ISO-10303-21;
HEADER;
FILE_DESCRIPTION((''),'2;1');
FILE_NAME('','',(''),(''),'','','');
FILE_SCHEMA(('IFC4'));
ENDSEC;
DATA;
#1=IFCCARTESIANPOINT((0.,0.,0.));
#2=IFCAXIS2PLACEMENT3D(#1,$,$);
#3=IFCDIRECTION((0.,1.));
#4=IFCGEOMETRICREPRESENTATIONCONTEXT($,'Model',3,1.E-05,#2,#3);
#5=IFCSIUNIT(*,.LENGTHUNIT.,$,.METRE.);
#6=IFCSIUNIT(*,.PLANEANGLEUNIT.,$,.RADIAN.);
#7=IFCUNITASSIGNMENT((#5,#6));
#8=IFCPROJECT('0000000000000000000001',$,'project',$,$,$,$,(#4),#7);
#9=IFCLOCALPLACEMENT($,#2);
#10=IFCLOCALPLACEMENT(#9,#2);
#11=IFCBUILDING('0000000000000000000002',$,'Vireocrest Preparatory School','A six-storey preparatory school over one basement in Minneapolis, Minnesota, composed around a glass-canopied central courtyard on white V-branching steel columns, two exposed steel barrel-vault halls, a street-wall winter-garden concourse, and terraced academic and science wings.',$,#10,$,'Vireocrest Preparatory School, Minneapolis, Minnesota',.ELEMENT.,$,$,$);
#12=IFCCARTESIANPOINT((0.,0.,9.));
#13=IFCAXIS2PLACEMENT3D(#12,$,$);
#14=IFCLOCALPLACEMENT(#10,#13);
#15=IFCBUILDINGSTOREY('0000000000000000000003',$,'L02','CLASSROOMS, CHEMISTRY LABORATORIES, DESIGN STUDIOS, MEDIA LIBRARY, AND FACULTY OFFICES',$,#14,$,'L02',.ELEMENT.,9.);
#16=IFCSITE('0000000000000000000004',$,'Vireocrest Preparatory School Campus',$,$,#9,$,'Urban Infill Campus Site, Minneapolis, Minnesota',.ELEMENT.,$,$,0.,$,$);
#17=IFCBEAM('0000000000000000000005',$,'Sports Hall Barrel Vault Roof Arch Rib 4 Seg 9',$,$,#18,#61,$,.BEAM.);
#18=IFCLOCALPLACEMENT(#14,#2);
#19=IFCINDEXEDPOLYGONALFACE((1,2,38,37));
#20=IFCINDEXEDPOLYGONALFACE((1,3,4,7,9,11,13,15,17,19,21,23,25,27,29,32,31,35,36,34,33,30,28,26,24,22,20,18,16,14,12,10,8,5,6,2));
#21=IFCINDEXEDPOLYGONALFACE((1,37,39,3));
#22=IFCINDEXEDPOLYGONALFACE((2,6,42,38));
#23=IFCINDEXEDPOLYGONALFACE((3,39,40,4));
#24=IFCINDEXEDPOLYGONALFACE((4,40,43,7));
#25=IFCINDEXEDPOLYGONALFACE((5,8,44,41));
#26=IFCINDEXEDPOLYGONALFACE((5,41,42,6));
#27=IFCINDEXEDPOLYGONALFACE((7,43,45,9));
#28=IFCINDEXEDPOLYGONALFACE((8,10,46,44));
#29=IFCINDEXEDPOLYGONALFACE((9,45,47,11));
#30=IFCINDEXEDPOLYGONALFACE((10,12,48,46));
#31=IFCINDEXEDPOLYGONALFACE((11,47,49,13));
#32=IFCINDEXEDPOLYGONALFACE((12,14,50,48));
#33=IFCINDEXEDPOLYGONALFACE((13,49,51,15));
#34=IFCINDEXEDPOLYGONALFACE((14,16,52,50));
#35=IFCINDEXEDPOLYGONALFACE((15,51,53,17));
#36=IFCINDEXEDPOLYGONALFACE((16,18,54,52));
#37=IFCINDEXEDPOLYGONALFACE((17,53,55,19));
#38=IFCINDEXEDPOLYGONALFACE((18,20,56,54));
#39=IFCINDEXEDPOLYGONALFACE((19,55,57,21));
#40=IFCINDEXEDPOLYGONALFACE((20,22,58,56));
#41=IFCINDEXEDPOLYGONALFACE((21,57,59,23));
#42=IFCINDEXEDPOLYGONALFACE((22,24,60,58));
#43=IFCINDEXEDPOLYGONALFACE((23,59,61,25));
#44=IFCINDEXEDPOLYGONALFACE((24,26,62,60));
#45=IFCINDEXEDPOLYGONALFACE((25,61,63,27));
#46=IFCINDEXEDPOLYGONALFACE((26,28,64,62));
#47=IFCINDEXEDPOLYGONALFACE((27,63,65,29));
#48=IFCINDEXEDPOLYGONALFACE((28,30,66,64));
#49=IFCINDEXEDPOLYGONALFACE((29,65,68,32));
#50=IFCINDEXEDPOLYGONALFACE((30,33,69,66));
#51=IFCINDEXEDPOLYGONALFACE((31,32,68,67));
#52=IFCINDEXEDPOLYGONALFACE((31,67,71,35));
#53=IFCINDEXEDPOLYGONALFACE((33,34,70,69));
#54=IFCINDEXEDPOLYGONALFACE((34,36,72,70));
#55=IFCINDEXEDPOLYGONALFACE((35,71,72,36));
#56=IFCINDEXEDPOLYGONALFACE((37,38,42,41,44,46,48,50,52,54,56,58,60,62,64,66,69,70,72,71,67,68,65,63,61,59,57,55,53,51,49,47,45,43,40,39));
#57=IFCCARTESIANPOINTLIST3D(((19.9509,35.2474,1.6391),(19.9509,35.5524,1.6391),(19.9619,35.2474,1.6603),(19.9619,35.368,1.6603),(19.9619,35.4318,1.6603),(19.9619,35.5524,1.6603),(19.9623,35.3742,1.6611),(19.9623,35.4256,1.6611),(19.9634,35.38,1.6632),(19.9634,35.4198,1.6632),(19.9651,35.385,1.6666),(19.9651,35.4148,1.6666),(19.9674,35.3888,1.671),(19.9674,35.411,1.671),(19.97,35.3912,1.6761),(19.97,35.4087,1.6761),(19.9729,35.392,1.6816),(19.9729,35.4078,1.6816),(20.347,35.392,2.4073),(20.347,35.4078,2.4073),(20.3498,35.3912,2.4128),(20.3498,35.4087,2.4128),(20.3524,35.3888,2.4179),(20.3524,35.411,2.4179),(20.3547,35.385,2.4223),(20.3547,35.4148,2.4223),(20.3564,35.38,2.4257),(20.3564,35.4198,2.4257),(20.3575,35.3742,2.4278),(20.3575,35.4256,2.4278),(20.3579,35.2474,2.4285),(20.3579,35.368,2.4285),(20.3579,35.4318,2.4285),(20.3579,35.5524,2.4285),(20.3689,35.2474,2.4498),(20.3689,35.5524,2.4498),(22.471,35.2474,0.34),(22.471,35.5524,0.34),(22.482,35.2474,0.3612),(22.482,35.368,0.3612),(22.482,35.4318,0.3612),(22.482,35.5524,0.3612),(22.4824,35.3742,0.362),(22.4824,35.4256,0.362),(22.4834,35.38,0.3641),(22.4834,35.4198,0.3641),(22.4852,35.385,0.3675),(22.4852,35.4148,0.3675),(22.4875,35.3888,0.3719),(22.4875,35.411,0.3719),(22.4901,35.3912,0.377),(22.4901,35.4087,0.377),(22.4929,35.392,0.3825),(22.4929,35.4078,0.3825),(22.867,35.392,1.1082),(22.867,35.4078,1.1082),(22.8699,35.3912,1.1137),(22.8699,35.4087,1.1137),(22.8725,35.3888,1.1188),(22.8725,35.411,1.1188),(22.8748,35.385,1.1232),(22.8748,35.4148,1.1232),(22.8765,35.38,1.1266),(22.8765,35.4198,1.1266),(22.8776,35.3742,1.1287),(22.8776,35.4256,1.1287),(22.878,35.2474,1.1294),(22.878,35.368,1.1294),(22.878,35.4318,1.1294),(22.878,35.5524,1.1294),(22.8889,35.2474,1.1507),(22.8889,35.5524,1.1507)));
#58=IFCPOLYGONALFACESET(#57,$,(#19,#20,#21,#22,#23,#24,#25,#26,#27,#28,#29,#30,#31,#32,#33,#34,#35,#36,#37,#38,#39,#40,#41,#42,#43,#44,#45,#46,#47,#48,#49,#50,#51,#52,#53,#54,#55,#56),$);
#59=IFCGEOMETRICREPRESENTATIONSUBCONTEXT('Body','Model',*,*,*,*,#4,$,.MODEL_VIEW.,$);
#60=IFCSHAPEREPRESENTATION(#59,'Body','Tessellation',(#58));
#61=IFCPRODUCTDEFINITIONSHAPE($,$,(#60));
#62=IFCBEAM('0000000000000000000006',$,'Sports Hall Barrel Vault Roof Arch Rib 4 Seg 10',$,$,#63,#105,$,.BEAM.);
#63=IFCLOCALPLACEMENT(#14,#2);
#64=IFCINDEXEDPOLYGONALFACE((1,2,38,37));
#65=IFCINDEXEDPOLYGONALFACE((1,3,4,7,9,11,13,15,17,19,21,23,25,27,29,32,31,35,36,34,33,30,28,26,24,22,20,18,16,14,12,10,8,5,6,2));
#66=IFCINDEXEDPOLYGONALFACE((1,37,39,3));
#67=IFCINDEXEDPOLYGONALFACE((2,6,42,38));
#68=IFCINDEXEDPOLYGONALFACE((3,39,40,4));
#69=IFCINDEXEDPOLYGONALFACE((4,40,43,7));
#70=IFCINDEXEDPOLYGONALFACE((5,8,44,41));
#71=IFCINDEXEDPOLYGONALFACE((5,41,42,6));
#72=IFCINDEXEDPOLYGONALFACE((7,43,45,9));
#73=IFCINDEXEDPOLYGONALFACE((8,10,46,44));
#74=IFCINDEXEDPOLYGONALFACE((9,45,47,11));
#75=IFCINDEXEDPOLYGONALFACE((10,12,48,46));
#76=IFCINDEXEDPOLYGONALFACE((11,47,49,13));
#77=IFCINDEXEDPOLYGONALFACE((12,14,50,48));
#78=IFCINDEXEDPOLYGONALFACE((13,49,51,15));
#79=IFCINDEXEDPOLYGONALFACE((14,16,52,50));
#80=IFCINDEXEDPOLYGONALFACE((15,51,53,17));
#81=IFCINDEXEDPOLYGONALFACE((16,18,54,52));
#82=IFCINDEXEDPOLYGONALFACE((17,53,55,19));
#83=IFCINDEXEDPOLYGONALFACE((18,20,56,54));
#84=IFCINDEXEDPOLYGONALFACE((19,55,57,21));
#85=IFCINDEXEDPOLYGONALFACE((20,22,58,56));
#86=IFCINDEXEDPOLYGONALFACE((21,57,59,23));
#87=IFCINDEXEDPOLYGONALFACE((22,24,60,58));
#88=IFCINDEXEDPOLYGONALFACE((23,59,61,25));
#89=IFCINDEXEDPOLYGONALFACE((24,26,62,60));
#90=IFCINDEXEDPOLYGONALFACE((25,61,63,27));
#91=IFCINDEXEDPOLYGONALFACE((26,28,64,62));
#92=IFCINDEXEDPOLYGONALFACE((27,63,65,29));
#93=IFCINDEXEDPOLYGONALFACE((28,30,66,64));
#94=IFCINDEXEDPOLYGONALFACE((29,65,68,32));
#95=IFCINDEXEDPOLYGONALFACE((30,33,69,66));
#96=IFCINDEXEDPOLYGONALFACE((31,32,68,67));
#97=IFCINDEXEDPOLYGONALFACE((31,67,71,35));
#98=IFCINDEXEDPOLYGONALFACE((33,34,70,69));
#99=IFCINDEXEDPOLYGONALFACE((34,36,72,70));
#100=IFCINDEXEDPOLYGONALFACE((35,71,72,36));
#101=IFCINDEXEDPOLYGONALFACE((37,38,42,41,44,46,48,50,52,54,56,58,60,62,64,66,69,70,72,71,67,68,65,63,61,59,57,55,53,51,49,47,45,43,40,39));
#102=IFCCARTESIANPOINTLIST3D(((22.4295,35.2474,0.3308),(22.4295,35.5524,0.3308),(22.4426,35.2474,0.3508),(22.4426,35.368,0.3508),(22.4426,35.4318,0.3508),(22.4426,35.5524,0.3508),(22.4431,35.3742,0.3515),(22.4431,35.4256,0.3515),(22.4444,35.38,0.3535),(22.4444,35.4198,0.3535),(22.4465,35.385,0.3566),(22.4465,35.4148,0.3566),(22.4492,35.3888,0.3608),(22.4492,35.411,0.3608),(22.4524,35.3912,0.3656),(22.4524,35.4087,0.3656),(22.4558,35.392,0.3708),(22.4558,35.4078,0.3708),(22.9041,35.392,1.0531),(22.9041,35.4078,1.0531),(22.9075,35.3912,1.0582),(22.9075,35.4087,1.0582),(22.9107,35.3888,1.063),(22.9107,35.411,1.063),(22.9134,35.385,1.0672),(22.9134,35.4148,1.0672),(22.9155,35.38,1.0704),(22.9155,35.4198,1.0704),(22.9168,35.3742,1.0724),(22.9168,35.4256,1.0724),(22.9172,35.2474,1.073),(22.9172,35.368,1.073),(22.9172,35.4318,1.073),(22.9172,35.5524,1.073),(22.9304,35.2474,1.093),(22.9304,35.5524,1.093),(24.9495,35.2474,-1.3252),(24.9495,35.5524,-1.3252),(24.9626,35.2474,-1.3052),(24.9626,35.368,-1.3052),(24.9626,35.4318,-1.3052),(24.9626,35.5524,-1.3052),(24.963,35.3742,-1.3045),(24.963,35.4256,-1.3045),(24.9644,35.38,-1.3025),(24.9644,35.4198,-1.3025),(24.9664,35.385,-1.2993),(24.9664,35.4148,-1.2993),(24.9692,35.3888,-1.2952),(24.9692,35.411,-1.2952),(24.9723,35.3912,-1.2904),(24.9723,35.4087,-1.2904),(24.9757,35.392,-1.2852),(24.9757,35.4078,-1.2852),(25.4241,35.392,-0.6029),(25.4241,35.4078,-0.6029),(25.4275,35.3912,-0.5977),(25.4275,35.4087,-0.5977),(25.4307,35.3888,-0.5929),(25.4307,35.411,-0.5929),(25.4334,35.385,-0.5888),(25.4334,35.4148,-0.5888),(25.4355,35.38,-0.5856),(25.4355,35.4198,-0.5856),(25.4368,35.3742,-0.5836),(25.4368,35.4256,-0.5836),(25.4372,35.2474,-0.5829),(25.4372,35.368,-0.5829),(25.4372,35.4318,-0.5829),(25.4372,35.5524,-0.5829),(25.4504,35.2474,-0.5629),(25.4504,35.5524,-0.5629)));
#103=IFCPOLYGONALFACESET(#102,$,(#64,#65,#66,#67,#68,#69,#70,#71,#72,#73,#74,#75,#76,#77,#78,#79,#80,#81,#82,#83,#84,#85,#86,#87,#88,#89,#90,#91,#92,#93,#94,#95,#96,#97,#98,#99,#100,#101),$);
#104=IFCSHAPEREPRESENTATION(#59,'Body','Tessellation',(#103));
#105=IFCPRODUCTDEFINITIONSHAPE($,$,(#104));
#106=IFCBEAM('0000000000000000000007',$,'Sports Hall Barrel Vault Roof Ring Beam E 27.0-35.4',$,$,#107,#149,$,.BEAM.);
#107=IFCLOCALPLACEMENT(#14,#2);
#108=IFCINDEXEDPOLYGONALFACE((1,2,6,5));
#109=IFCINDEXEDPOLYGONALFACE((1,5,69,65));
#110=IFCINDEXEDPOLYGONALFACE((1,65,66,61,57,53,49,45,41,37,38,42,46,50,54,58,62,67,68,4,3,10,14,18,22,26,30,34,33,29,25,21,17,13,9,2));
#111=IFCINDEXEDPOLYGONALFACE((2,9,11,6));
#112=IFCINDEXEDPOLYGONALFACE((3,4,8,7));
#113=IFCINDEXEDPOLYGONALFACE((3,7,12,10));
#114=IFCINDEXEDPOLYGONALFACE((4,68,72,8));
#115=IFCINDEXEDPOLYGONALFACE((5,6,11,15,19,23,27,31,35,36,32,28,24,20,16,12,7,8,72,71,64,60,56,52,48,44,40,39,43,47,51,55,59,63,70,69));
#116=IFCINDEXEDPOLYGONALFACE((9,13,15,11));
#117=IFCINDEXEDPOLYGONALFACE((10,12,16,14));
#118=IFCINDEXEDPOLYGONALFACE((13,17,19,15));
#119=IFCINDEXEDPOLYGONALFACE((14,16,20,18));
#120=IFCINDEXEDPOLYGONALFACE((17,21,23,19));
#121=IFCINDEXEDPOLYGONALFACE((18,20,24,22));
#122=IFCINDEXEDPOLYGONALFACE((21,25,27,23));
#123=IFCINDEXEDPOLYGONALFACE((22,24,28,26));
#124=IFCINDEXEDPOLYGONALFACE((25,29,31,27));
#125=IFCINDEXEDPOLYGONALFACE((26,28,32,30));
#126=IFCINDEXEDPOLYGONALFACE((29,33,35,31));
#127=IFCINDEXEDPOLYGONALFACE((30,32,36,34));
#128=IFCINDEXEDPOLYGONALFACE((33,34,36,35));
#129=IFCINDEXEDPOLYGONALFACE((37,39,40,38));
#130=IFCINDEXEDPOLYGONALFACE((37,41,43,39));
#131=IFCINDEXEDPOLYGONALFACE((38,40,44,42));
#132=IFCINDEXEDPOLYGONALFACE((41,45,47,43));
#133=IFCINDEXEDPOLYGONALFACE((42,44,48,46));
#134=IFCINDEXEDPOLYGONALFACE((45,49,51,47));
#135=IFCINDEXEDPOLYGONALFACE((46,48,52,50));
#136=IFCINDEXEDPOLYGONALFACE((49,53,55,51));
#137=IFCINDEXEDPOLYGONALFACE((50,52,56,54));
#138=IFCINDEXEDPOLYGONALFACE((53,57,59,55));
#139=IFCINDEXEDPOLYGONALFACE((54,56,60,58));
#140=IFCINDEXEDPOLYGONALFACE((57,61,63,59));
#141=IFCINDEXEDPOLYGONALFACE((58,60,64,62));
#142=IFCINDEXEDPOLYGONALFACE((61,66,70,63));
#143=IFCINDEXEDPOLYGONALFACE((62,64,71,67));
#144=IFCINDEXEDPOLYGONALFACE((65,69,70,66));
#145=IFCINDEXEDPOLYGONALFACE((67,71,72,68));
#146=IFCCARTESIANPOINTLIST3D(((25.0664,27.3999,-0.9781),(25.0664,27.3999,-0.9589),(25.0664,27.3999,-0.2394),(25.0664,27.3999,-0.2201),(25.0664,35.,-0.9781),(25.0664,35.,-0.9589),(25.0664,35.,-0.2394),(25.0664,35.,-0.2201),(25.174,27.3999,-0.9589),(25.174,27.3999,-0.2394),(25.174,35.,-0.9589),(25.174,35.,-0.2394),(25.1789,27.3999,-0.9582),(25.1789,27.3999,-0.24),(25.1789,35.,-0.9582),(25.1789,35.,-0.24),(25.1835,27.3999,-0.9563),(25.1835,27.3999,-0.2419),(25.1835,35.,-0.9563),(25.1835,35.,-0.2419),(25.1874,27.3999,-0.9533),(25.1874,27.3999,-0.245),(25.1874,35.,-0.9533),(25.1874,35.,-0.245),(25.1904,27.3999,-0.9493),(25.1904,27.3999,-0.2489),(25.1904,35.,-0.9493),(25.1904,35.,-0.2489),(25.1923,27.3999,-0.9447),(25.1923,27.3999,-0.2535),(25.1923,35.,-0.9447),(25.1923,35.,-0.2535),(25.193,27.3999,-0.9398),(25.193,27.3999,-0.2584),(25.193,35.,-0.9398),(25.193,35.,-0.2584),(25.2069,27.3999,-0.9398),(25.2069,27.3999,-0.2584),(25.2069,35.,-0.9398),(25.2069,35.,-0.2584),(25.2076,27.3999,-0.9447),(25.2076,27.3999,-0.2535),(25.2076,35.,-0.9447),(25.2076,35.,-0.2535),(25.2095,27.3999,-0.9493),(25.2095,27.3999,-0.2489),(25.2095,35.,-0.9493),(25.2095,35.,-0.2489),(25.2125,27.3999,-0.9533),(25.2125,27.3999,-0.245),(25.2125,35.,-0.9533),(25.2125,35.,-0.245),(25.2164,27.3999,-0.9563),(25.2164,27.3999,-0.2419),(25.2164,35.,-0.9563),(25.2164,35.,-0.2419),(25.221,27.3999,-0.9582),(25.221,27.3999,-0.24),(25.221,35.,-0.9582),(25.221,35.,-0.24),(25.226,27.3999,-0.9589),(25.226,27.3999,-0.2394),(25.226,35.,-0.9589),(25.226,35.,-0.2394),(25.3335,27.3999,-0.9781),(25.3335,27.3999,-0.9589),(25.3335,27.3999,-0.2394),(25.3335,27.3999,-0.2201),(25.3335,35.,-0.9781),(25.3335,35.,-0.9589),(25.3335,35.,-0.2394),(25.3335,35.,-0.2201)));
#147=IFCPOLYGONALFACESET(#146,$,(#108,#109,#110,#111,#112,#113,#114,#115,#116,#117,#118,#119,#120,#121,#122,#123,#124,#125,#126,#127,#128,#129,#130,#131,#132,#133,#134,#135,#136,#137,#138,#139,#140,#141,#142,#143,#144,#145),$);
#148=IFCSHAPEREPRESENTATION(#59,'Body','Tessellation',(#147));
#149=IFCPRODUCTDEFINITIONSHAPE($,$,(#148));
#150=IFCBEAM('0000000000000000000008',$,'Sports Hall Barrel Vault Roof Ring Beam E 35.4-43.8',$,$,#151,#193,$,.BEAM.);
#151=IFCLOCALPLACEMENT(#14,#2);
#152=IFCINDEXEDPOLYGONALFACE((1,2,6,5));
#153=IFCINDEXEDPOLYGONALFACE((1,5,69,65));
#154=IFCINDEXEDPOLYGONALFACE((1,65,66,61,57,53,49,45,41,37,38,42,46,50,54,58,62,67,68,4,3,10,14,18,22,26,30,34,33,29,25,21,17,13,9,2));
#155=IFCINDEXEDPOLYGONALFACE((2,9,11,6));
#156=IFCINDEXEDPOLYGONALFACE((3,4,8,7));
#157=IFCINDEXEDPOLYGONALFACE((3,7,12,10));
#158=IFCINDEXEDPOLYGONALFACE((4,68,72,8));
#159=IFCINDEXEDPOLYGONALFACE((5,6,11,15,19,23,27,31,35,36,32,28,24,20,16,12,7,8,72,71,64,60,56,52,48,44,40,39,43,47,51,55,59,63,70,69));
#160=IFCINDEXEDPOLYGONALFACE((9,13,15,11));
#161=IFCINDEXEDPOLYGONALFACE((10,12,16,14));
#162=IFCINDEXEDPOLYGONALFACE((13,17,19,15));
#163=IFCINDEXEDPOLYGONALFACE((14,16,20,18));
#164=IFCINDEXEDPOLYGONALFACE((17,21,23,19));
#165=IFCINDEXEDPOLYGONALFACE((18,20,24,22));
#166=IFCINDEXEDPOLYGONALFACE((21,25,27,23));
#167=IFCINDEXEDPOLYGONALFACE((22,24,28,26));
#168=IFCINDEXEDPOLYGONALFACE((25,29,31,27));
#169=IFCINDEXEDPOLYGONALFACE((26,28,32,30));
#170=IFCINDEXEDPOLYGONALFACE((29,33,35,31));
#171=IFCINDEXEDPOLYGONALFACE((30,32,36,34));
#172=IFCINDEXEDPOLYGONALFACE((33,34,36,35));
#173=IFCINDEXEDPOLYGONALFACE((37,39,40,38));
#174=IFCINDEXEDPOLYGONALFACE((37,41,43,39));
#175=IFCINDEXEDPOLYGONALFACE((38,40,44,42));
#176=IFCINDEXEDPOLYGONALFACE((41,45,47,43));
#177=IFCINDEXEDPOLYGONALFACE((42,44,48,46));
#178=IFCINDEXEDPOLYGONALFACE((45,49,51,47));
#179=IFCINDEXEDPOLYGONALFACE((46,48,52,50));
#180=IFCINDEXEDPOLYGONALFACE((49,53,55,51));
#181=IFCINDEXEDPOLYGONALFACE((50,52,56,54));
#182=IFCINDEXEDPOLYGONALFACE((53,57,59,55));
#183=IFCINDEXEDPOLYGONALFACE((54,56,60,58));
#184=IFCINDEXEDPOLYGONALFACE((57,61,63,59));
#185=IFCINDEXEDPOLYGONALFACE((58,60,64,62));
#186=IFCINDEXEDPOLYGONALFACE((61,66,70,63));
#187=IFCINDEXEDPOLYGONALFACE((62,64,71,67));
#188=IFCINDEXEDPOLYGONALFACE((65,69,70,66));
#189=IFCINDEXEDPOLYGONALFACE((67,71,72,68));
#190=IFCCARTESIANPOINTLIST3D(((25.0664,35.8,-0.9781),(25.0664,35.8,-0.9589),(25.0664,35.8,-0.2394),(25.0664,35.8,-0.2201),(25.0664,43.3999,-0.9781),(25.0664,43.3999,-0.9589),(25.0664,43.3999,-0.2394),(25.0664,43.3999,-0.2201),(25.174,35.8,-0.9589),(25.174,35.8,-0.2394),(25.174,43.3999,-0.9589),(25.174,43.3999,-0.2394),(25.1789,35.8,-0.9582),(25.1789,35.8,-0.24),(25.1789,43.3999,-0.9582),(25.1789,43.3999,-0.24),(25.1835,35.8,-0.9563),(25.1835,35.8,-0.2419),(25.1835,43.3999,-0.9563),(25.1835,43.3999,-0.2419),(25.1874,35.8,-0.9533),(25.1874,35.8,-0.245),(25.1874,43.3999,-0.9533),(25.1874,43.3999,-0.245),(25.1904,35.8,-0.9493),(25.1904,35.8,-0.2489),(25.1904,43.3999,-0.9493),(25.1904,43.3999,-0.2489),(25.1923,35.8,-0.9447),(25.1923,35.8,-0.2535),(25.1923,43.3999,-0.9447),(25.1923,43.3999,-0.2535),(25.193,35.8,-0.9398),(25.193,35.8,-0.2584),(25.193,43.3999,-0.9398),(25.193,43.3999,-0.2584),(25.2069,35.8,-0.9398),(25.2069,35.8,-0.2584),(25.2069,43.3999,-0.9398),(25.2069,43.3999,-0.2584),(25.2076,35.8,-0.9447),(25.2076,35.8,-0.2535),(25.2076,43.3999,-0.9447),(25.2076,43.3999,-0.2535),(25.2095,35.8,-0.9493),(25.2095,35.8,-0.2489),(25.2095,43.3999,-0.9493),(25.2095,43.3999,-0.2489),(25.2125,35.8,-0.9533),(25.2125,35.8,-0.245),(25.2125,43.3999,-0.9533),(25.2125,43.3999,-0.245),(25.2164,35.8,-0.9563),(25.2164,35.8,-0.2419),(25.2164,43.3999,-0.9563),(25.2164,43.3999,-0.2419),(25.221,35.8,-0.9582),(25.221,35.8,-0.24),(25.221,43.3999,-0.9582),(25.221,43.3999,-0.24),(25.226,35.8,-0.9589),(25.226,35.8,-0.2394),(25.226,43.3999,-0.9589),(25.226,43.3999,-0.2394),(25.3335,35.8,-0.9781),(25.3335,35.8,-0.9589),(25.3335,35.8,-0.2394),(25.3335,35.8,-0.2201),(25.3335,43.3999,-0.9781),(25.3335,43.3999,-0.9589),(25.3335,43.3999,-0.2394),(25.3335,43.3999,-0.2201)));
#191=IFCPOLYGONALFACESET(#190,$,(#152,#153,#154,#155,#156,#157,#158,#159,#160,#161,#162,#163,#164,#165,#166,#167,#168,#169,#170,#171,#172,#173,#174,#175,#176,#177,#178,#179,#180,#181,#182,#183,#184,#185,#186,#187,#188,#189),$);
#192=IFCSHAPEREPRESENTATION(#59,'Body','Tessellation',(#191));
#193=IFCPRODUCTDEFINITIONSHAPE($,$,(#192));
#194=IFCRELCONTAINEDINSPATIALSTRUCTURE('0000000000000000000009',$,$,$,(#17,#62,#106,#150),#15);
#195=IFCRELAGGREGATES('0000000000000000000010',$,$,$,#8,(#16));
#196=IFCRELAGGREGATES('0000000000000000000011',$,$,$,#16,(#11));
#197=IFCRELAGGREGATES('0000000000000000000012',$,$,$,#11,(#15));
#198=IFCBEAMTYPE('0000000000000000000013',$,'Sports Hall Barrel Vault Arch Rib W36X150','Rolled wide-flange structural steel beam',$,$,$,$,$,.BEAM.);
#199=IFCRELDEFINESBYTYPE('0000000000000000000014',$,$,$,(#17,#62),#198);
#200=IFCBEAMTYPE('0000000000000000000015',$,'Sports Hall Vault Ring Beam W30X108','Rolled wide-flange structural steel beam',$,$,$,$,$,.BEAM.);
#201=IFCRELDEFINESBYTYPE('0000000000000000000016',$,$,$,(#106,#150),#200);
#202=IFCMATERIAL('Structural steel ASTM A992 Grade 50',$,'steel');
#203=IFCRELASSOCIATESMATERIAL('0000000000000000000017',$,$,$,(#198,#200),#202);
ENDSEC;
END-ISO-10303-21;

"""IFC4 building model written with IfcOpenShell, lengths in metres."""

from ifc_helpers import new_model, si_unit, direction, frame, origin, origin_2d, place, context, subcontext, project, spatial, i_section, extrude, material, material_profile, profile_set, type_object, element, save


model = new_model("IFC4")

# Units and contexts
model_context = context("Model", 3, precision=1e-05, world=origin(), true_north=direction((0.0, 1.0)))
body_context = subcontext(model_context, "Body", "Model", "MODEL_VIEW")
ifc_project = project(units=[si_unit("LENGTHUNIT", "METRE"), si_unit("PLANEANGLEUNIT", "RADIAN")], contexts=[model_context])

# Site, building, storey
site_placement = place(None, origin())
site = spatial("IfcSite", under=ifc_project, at=site_placement, Name="Vireocrest Preparatory School Campus", LongName="Urban Infill Campus Site, Minneapolis, Minnesota", CompositionType="ELEMENT", RefElevation=0.0)
building_placement = place(site_placement, origin())
building = spatial("IfcBuilding", under=site, at=building_placement, Name="Vireocrest Preparatory School", Description="A six-storey preparatory school over one basement in Minneapolis, Minnesota, composed around a glass-canopied central courtyard on white V-branching steel columns, two exposed steel barrel-vault halls, a street-wall winter-garden concourse, and terraced academic and science wings.", LongName="Vireocrest Preparatory School, Minneapolis, Minnesota", CompositionType="ELEMENT")
storey_placement = place(building_placement, frame((0.0, 0.0, 9.0)))
storey = spatial("IfcBuildingStorey", under=building, at=storey_placement, Name="L02", Description="CLASSROOMS, CHEMISTRY LABORATORIES, DESIGN STUDIOS, MEDIA LIBRARY, AND FACULTY OFFICES", LongName="L02", CompositionType="ELEMENT", Elevation=9.0)

# Beams
ifc_material_1 = material(Name="Structural steel ASTM A992 Grade 50", Category="steel")
ifc_material_profile_1 = material_profile(ifc_material_1, i_section(OverallWidth=0.3049, OverallDepth=0.9121, WebThickness=0.0159, FlangeThickness=0.0239, FilletRadius=0.0239, at=origin_2d()), Name="W36X150")
ifc_profile_set_1 = profile_set([ifc_material_profile_1], Name="Structural steel ASTM A992 Grade 50")
beam_type_1 = type_object("IfcBeamType", Name="Sports Hall Barrel Vault Arch Rib W36X150", Description="Rolled wide-flange structural steel beam", PredefinedType="BEAM", material=ifc_profile_set_1)
beam_1_placement = place(storey_placement, frame((20.1599, 35.3999, 2.0444), z_axis=(0.888848, 0.0, -0.458202), x_axis=(0.0, 1.0, 0.0)))
element("IfcBeam", 1, at=beam_1_placement, inside=storey, type_object=beam_type_1, Name="Sports Hall Barrel Vault Roof Arch Rib 4 Seg 9", PredefinedType="BEAM", context=body_context, shape_type="SweptSolid", body=[
    extrude(i_section(OverallWidth=0.3049, OverallDepth=0.9121, WebThickness=0.0159, FlangeThickness=0.0239, FilletRadius=0.0239, at=origin_2d()), origin(), (0.0, 0.0, 1.0), 2.8352),
])
beam_2_placement = place(storey_placement, frame((22.6799, 35.3999, 0.7119), z_axis=(0.835707, 0.0, -0.549176), x_axis=(0.0, 1.0, 0.0)))
element("IfcBeam", 2, at=beam_2_placement, inside=storey, type_object=beam_type_1, Name="Sports Hall Barrel Vault Roof Arch Rib 4 Seg 10", PredefinedType="BEAM", context=body_context, shape_type="SweptSolid", body=[
    extrude(i_section(OverallWidth=0.3049, OverallDepth=0.9121, WebThickness=0.0159, FlangeThickness=0.0239, FilletRadius=0.0239, at=origin_2d()), origin(), (0.0, 0.0, 1.0), 3.0154),
])
ifc_material_profile_2 = material_profile(ifc_material_1, i_section(OverallWidth=0.2671, OverallDepth=0.7581, WebThickness=0.0139, FlangeThickness=0.0193, FilletRadius=0.019, at=origin_2d()), Name="W30X108")
ifc_profile_set_2 = profile_set([ifc_material_profile_2], Name="Structural steel ASTM A992 Grade 50")
beam_type_2 = type_object("IfcBeamType", Name="Sports Hall Vault Ring Beam W30X108", Description="Rolled wide-flange structural steel beam", PredefinedType="BEAM", material=ifc_profile_set_2)
beam_3_placement = place(storey_placement, frame((25.2, 27.3999, -0.5991), z_axis=(0.0, 1.0, 0.0), x_axis=(-1.0, 0.0, 0.0)))
element("IfcBeam", 3, at=beam_3_placement, inside=storey, type_object=beam_type_2, Name="Sports Hall Barrel Vault Roof Ring Beam E 27.0-35.4", PredefinedType="BEAM", context=body_context, shape_type="SweptSolid", body=[
    extrude(i_section(OverallWidth=0.2671, OverallDepth=0.7581, WebThickness=0.0139, FlangeThickness=0.0193, FilletRadius=0.019, at=origin_2d()), origin(), (0.0, 0.0, 1.0), 7.6001),
])
beam_4_placement = place(storey_placement, frame((25.2, 35.8, -0.5991), z_axis=(0.0, 1.0, 0.0), x_axis=(-1.0, 0.0, 0.0)))
element("IfcBeam", 4, at=beam_4_placement, inside=storey, type_object=beam_type_2, Name="Sports Hall Barrel Vault Roof Ring Beam E 35.4-43.8", PredefinedType="BEAM", context=body_context, shape_type="SweptSolid", body=[
    extrude(i_section(OverallWidth=0.2671, OverallDepth=0.7581, WebThickness=0.0139, FlangeThickness=0.0193, FilletRadius=0.019, at=origin_2d()), origin(), (0.0, 0.0, 1.0), 7.5999),
])

save(model, "model.ifc")
